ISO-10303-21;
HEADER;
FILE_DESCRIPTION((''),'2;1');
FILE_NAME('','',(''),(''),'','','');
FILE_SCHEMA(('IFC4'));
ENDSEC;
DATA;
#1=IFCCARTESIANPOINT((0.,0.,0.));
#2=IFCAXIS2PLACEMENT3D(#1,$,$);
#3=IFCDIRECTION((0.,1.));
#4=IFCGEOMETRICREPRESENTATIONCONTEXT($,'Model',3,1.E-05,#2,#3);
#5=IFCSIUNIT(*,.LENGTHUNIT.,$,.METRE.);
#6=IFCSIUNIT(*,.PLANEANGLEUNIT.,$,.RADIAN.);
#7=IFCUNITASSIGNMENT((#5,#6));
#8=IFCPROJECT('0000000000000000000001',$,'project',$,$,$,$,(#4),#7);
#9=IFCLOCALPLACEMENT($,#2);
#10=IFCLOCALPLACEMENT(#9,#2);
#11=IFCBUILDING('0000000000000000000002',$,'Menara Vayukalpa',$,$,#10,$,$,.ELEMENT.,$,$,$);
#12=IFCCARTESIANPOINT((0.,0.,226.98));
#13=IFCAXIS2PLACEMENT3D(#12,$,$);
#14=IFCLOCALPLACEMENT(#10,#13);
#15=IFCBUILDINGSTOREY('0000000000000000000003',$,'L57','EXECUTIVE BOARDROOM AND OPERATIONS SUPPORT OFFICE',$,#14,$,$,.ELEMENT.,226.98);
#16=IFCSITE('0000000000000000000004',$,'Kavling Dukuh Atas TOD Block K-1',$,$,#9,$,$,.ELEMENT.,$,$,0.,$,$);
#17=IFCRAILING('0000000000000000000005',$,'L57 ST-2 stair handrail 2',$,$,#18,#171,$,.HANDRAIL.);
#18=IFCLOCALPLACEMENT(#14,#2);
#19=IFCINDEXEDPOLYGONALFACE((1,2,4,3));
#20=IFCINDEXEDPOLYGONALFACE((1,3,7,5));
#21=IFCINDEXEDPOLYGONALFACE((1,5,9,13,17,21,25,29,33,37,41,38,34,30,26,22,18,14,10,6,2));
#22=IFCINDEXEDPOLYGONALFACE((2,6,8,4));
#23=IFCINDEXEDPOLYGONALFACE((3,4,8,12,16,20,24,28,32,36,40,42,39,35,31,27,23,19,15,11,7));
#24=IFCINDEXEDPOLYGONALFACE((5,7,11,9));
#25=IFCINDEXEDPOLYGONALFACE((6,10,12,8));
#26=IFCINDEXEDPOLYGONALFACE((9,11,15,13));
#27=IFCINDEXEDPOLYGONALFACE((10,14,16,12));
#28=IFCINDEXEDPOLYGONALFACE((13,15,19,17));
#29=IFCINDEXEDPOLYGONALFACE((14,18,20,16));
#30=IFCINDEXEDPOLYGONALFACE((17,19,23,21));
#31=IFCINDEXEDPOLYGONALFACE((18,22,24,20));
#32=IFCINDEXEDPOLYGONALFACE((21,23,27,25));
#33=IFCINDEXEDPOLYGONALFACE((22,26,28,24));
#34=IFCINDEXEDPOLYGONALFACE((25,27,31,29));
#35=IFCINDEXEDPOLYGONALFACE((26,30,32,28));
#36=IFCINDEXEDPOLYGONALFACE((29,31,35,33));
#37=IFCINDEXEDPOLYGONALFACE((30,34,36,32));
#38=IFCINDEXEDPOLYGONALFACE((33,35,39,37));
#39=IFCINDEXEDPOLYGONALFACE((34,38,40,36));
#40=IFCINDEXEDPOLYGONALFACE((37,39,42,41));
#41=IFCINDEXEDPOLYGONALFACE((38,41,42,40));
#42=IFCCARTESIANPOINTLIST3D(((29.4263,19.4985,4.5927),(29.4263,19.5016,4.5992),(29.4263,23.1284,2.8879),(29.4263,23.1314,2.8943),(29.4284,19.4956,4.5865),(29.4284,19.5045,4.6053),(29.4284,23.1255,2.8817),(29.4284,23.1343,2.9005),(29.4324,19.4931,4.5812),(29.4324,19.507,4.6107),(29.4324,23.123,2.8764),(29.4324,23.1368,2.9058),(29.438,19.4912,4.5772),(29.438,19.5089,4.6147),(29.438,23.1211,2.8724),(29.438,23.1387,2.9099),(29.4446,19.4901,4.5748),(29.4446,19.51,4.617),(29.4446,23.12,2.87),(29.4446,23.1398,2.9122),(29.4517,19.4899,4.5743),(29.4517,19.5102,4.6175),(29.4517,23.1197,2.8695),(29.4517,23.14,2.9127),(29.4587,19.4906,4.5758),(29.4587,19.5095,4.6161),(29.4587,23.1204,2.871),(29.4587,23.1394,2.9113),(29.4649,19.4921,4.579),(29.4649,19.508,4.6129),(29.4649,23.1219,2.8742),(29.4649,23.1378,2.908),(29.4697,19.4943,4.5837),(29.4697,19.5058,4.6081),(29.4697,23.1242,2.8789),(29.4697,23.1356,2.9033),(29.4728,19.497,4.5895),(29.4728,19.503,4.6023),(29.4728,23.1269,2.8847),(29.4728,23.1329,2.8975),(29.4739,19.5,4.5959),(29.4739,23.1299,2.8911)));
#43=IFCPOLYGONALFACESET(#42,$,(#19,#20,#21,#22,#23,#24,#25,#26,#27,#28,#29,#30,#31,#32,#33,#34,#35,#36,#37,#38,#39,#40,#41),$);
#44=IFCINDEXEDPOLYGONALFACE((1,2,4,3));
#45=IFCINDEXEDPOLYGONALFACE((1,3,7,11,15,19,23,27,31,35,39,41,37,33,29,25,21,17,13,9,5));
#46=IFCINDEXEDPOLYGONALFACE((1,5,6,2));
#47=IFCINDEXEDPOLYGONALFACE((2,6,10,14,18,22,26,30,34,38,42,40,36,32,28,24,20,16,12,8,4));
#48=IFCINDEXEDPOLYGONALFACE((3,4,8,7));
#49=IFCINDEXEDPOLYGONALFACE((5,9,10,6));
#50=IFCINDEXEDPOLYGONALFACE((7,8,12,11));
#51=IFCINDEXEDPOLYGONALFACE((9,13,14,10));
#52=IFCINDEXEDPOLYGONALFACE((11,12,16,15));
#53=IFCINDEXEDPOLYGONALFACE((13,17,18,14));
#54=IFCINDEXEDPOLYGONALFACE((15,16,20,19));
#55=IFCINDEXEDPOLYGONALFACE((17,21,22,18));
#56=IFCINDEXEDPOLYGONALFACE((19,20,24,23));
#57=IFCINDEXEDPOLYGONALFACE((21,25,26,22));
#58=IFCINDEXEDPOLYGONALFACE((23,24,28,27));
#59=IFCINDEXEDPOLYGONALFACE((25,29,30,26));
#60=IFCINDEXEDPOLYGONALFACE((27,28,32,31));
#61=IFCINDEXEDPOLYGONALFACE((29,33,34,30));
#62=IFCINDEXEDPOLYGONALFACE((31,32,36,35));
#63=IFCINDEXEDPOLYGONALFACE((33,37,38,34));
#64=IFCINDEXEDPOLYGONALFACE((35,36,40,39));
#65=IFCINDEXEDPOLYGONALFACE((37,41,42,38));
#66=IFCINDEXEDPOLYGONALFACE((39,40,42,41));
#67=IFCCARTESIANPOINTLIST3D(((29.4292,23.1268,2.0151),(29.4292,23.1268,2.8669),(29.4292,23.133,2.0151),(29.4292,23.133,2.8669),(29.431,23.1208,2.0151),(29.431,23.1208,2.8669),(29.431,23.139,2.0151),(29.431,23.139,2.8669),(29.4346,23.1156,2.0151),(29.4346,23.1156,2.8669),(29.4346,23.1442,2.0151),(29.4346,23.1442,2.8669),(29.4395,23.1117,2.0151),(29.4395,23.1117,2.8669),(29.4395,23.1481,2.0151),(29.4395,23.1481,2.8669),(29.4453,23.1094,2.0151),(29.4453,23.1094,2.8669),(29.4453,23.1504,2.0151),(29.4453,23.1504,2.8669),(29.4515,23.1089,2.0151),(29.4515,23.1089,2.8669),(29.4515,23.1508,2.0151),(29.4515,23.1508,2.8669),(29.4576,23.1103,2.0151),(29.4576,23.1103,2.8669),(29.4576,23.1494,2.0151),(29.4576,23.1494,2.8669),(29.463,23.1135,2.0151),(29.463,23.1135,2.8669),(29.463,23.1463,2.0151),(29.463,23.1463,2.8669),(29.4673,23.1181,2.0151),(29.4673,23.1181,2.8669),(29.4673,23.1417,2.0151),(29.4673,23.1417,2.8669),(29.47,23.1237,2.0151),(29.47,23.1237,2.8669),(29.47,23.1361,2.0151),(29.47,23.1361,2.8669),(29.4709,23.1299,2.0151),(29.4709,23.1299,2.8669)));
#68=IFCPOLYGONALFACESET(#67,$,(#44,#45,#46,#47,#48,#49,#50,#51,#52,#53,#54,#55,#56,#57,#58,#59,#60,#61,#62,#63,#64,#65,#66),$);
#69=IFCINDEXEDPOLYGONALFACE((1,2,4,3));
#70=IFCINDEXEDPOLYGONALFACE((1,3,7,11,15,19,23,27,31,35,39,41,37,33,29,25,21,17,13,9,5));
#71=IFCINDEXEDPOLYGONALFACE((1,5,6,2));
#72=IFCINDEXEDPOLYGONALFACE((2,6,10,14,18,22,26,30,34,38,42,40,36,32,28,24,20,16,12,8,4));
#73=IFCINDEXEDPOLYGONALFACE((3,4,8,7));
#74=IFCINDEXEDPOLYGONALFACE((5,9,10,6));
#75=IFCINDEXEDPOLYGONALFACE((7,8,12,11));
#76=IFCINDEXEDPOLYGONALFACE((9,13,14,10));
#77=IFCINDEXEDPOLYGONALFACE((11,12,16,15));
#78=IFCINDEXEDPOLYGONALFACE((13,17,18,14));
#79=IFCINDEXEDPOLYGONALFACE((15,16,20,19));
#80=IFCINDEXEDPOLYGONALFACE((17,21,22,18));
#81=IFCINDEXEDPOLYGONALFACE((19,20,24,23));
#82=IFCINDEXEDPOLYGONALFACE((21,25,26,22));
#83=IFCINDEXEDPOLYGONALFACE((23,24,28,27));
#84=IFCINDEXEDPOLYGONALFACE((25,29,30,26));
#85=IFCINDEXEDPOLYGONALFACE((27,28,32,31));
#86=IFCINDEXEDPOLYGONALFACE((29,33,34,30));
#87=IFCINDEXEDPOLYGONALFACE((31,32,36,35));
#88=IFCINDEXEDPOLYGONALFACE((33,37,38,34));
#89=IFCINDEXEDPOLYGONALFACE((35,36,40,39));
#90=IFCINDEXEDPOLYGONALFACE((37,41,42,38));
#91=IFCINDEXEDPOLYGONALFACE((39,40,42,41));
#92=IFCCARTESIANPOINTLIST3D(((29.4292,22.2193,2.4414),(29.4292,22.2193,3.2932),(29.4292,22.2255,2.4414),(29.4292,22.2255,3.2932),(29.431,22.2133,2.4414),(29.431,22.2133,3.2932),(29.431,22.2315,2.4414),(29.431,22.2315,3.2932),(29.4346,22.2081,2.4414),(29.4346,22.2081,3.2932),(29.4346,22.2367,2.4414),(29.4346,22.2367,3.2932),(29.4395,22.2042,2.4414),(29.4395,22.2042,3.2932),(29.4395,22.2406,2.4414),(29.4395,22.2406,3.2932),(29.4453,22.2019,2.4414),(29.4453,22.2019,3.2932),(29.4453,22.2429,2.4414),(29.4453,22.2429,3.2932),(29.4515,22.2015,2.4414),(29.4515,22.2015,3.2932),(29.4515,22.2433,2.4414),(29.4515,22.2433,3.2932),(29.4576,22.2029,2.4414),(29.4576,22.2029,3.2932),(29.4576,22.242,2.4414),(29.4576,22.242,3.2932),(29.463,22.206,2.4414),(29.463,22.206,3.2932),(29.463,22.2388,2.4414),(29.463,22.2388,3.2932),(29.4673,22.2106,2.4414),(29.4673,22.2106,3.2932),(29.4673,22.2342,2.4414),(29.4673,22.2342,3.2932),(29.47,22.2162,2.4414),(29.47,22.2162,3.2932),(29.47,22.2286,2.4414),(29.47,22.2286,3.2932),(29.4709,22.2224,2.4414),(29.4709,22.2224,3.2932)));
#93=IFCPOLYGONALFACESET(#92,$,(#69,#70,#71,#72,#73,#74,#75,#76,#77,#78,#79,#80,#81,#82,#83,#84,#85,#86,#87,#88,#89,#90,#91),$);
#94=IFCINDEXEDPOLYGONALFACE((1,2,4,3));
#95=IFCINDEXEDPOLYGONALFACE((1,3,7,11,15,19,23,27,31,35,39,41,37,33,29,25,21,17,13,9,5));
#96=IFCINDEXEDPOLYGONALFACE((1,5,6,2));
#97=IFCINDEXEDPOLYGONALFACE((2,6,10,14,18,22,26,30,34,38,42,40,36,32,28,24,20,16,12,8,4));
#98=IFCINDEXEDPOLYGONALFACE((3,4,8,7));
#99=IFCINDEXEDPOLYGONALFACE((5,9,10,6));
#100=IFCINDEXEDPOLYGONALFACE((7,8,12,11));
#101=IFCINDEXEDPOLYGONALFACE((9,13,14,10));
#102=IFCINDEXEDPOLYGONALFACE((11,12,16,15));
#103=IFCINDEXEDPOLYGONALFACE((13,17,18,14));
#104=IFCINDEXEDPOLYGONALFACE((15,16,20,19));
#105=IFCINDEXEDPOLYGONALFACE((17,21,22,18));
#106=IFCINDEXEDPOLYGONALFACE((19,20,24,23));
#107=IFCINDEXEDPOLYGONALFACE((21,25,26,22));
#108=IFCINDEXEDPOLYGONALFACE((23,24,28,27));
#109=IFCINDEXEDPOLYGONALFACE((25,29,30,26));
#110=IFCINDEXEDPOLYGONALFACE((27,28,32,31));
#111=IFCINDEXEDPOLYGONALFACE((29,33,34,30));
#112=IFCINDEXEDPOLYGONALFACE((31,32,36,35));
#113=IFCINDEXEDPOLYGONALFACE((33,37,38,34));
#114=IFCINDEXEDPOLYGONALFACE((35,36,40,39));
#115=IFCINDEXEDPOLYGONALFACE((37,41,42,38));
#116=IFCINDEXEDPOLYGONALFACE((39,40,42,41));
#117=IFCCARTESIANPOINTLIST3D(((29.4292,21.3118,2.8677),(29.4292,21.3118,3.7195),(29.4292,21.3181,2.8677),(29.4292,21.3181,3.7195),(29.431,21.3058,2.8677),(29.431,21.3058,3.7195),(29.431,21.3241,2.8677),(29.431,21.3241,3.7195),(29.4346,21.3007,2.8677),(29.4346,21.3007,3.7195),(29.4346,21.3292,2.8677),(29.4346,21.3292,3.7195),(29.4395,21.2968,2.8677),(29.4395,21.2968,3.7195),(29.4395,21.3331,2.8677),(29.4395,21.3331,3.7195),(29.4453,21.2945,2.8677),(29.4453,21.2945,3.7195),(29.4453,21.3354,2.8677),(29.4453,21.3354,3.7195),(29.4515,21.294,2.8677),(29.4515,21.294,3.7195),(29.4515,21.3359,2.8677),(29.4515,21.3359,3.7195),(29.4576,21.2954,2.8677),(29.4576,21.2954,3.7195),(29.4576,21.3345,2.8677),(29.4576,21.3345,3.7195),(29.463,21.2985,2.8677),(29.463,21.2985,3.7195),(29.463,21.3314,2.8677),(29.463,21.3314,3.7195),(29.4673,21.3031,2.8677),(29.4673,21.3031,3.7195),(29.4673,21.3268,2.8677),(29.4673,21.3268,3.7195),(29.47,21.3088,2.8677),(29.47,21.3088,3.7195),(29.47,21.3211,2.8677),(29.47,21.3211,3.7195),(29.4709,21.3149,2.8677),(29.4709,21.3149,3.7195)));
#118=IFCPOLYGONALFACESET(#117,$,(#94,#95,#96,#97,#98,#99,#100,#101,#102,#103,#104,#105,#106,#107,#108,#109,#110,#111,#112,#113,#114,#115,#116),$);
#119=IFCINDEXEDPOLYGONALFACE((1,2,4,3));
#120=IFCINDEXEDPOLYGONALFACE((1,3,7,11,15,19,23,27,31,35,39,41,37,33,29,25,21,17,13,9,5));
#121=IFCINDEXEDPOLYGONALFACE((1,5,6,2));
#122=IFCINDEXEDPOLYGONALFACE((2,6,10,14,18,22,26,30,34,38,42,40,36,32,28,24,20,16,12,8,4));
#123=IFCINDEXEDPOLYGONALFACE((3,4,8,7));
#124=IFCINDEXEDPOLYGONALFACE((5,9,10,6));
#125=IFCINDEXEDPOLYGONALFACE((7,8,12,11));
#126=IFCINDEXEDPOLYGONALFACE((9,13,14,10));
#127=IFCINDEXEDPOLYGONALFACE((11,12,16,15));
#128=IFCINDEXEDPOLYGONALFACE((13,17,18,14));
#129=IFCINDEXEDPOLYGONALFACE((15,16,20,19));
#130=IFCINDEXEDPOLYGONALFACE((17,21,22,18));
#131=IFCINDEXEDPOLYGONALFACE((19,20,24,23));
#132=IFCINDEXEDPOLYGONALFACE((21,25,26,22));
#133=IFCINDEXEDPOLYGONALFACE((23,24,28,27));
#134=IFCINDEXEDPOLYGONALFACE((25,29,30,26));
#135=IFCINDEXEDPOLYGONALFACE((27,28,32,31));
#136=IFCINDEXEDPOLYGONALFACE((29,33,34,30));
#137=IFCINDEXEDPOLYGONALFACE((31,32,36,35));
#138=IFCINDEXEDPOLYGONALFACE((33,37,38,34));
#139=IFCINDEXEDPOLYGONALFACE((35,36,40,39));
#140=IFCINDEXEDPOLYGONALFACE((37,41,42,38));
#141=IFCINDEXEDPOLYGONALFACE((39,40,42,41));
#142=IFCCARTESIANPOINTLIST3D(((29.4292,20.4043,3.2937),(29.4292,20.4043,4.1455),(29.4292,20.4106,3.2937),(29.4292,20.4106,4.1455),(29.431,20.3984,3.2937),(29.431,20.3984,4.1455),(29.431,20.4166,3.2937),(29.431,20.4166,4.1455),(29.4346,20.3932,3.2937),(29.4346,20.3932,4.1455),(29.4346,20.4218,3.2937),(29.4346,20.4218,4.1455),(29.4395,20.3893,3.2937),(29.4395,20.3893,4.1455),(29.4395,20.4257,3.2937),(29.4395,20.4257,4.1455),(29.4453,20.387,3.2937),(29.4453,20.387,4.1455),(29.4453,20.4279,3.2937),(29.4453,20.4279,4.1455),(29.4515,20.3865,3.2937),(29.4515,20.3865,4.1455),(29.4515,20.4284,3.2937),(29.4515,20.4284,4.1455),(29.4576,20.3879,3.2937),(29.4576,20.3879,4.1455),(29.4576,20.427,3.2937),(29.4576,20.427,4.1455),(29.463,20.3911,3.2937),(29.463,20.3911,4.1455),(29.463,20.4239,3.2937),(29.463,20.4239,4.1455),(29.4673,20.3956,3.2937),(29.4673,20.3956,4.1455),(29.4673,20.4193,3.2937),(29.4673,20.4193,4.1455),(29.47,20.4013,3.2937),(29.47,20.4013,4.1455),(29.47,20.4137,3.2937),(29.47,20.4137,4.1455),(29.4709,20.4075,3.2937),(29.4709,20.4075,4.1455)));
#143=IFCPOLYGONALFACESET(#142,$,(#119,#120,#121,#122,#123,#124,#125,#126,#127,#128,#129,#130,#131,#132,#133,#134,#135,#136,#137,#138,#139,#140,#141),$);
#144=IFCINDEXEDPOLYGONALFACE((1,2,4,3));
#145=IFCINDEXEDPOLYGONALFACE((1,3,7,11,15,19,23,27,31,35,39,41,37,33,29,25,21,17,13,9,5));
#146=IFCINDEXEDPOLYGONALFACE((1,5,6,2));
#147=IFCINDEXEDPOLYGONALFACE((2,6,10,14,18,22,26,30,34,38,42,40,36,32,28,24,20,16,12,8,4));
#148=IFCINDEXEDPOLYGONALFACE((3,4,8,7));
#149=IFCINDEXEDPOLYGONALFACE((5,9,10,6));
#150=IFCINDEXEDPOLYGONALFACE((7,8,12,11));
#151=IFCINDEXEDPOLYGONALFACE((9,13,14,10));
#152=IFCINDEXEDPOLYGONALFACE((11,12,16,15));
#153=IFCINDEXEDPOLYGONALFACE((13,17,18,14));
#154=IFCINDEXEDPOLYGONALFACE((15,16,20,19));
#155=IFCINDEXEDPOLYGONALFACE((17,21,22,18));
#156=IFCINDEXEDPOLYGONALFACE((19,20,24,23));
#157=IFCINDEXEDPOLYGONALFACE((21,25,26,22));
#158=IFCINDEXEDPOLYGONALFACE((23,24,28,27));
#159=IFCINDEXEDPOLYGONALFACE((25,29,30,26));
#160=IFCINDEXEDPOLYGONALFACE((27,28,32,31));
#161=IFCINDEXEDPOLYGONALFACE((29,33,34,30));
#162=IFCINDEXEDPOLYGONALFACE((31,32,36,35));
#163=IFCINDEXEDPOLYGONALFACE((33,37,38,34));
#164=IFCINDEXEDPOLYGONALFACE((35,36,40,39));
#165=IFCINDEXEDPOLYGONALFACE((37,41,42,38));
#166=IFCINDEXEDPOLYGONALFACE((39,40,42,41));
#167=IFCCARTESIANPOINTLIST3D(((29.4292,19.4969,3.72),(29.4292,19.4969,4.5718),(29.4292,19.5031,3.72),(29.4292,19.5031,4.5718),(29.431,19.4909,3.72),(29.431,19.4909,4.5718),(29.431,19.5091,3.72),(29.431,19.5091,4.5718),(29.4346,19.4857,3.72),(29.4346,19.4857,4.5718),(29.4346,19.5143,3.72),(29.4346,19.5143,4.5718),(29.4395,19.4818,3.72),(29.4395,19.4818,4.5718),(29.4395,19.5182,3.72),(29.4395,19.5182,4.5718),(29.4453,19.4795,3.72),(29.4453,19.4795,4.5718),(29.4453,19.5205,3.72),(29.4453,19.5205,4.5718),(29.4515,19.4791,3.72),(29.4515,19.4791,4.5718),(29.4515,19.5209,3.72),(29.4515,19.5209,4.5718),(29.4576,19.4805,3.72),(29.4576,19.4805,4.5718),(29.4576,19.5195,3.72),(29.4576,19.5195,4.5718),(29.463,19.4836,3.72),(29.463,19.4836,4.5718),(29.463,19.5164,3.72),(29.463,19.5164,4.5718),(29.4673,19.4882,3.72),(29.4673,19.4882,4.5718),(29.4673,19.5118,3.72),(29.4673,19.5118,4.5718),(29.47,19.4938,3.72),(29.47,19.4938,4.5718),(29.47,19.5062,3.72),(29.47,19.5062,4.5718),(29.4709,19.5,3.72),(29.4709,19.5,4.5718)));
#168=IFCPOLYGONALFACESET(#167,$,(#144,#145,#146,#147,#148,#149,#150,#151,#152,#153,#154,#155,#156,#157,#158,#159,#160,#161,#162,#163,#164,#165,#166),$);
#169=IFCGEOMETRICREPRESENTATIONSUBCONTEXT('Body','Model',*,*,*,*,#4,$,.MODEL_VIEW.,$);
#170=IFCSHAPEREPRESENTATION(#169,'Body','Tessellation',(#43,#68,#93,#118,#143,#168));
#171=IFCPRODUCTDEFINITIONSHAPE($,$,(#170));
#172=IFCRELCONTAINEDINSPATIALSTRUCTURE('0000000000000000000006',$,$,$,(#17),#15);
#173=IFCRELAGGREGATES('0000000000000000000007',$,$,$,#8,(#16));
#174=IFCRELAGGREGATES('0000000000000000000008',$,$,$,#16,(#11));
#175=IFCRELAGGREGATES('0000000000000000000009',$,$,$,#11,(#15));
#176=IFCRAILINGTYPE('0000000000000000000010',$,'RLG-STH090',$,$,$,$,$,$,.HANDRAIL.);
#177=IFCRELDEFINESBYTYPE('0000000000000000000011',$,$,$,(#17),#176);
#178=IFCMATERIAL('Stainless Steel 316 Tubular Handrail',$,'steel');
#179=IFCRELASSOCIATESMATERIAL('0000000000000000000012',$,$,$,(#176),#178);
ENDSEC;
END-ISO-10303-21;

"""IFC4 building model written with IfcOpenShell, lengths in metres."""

from ifc_helpers import new_model, si_unit, direction, frame, origin, origin_2d, place, context, subcontext, project, spatial, circle, extrude, material, type_object, element, save


model = new_model("IFC4")

# Units and contexts
model_context = context("Model", 3, precision=1e-05, world=origin(), true_north=direction((0.0, 1.0)))
body_context = subcontext(model_context, "Body", "Model", "MODEL_VIEW")
ifc_project = project(units=[si_unit("LENGTHUNIT", "METRE"), si_unit("PLANEANGLEUNIT", "RADIAN")], contexts=[model_context])

# Site, building, storey
site_placement = place(None, origin())
site = spatial("IfcSite", under=ifc_project, at=site_placement, Name="Kavling Dukuh Atas TOD Block K-1", CompositionType="ELEMENT", RefElevation=0.0)
building_placement = place(site_placement, origin())
building = spatial("IfcBuilding", under=site, at=building_placement, Name="Menara Vayukalpa", CompositionType="ELEMENT")
storey_placement = place(building_placement, frame((0.0, 0.0, 226.98)))
storey = spatial("IfcBuildingStorey", under=building, at=storey_placement, Name="L57", Description="EXECUTIVE BOARDROOM AND OPERATIONS SUPPORT OFFICE", CompositionType="ELEMENT", Elevation=226.98)

# Railing
ifc_material_1 = material(Name="Stainless Steel 316 Tubular Handrail", Category="steel")
railing_type_1 = type_object("IfcRailingType", Name="RLG-STH090", PredefinedType="HANDRAIL", material=ifc_material_1)
railing_1_placement = place(storey_placement, frame((29.45, 23.1299, 2.0151)))
element("IfcRailing", 1, at=railing_1_placement, inside=storey, type_object=railing_type_1, Name="L57 ST-2 stair handrail 2", PredefinedType="HANDRAIL", context=body_context, shape_type="SweptSolid", body=[
    extrude(circle(Radius=0.0239, at=origin_2d()), frame((0.0, 0.0, 0.876), z_axis=(0.0, -0.90514, 0.425114), x_axis=(1.0, 0.0, 0.0)), (0.0, 0.0, 1.0), 4.0103),
    extrude(circle(Radius=0.021, at=origin_2d()), origin(), (0.0, 0.0, 1.0), 0.8518),
    extrude(circle(Radius=0.021, at=origin_2d()), frame((0.0, -0.9075, 0.4263)), (0.0, 0.0, 1.0), 0.8518),
    extrude(circle(Radius=0.021, at=origin_2d()), frame((0.0, -1.8149, 0.8525)), (0.0, 0.0, 1.0), 0.8518),
    extrude(circle(Radius=0.021, at=origin_2d()), frame((0.0, -2.7224, 1.2786)), (0.0, 0.0, 1.0), 0.8518),
    extrude(circle(Radius=0.021, at=origin_2d()), frame((0.0, -3.6299, 1.7048)), (0.0, 0.0, 1.0), 0.8518),
])

save(model, "model.ifc")
